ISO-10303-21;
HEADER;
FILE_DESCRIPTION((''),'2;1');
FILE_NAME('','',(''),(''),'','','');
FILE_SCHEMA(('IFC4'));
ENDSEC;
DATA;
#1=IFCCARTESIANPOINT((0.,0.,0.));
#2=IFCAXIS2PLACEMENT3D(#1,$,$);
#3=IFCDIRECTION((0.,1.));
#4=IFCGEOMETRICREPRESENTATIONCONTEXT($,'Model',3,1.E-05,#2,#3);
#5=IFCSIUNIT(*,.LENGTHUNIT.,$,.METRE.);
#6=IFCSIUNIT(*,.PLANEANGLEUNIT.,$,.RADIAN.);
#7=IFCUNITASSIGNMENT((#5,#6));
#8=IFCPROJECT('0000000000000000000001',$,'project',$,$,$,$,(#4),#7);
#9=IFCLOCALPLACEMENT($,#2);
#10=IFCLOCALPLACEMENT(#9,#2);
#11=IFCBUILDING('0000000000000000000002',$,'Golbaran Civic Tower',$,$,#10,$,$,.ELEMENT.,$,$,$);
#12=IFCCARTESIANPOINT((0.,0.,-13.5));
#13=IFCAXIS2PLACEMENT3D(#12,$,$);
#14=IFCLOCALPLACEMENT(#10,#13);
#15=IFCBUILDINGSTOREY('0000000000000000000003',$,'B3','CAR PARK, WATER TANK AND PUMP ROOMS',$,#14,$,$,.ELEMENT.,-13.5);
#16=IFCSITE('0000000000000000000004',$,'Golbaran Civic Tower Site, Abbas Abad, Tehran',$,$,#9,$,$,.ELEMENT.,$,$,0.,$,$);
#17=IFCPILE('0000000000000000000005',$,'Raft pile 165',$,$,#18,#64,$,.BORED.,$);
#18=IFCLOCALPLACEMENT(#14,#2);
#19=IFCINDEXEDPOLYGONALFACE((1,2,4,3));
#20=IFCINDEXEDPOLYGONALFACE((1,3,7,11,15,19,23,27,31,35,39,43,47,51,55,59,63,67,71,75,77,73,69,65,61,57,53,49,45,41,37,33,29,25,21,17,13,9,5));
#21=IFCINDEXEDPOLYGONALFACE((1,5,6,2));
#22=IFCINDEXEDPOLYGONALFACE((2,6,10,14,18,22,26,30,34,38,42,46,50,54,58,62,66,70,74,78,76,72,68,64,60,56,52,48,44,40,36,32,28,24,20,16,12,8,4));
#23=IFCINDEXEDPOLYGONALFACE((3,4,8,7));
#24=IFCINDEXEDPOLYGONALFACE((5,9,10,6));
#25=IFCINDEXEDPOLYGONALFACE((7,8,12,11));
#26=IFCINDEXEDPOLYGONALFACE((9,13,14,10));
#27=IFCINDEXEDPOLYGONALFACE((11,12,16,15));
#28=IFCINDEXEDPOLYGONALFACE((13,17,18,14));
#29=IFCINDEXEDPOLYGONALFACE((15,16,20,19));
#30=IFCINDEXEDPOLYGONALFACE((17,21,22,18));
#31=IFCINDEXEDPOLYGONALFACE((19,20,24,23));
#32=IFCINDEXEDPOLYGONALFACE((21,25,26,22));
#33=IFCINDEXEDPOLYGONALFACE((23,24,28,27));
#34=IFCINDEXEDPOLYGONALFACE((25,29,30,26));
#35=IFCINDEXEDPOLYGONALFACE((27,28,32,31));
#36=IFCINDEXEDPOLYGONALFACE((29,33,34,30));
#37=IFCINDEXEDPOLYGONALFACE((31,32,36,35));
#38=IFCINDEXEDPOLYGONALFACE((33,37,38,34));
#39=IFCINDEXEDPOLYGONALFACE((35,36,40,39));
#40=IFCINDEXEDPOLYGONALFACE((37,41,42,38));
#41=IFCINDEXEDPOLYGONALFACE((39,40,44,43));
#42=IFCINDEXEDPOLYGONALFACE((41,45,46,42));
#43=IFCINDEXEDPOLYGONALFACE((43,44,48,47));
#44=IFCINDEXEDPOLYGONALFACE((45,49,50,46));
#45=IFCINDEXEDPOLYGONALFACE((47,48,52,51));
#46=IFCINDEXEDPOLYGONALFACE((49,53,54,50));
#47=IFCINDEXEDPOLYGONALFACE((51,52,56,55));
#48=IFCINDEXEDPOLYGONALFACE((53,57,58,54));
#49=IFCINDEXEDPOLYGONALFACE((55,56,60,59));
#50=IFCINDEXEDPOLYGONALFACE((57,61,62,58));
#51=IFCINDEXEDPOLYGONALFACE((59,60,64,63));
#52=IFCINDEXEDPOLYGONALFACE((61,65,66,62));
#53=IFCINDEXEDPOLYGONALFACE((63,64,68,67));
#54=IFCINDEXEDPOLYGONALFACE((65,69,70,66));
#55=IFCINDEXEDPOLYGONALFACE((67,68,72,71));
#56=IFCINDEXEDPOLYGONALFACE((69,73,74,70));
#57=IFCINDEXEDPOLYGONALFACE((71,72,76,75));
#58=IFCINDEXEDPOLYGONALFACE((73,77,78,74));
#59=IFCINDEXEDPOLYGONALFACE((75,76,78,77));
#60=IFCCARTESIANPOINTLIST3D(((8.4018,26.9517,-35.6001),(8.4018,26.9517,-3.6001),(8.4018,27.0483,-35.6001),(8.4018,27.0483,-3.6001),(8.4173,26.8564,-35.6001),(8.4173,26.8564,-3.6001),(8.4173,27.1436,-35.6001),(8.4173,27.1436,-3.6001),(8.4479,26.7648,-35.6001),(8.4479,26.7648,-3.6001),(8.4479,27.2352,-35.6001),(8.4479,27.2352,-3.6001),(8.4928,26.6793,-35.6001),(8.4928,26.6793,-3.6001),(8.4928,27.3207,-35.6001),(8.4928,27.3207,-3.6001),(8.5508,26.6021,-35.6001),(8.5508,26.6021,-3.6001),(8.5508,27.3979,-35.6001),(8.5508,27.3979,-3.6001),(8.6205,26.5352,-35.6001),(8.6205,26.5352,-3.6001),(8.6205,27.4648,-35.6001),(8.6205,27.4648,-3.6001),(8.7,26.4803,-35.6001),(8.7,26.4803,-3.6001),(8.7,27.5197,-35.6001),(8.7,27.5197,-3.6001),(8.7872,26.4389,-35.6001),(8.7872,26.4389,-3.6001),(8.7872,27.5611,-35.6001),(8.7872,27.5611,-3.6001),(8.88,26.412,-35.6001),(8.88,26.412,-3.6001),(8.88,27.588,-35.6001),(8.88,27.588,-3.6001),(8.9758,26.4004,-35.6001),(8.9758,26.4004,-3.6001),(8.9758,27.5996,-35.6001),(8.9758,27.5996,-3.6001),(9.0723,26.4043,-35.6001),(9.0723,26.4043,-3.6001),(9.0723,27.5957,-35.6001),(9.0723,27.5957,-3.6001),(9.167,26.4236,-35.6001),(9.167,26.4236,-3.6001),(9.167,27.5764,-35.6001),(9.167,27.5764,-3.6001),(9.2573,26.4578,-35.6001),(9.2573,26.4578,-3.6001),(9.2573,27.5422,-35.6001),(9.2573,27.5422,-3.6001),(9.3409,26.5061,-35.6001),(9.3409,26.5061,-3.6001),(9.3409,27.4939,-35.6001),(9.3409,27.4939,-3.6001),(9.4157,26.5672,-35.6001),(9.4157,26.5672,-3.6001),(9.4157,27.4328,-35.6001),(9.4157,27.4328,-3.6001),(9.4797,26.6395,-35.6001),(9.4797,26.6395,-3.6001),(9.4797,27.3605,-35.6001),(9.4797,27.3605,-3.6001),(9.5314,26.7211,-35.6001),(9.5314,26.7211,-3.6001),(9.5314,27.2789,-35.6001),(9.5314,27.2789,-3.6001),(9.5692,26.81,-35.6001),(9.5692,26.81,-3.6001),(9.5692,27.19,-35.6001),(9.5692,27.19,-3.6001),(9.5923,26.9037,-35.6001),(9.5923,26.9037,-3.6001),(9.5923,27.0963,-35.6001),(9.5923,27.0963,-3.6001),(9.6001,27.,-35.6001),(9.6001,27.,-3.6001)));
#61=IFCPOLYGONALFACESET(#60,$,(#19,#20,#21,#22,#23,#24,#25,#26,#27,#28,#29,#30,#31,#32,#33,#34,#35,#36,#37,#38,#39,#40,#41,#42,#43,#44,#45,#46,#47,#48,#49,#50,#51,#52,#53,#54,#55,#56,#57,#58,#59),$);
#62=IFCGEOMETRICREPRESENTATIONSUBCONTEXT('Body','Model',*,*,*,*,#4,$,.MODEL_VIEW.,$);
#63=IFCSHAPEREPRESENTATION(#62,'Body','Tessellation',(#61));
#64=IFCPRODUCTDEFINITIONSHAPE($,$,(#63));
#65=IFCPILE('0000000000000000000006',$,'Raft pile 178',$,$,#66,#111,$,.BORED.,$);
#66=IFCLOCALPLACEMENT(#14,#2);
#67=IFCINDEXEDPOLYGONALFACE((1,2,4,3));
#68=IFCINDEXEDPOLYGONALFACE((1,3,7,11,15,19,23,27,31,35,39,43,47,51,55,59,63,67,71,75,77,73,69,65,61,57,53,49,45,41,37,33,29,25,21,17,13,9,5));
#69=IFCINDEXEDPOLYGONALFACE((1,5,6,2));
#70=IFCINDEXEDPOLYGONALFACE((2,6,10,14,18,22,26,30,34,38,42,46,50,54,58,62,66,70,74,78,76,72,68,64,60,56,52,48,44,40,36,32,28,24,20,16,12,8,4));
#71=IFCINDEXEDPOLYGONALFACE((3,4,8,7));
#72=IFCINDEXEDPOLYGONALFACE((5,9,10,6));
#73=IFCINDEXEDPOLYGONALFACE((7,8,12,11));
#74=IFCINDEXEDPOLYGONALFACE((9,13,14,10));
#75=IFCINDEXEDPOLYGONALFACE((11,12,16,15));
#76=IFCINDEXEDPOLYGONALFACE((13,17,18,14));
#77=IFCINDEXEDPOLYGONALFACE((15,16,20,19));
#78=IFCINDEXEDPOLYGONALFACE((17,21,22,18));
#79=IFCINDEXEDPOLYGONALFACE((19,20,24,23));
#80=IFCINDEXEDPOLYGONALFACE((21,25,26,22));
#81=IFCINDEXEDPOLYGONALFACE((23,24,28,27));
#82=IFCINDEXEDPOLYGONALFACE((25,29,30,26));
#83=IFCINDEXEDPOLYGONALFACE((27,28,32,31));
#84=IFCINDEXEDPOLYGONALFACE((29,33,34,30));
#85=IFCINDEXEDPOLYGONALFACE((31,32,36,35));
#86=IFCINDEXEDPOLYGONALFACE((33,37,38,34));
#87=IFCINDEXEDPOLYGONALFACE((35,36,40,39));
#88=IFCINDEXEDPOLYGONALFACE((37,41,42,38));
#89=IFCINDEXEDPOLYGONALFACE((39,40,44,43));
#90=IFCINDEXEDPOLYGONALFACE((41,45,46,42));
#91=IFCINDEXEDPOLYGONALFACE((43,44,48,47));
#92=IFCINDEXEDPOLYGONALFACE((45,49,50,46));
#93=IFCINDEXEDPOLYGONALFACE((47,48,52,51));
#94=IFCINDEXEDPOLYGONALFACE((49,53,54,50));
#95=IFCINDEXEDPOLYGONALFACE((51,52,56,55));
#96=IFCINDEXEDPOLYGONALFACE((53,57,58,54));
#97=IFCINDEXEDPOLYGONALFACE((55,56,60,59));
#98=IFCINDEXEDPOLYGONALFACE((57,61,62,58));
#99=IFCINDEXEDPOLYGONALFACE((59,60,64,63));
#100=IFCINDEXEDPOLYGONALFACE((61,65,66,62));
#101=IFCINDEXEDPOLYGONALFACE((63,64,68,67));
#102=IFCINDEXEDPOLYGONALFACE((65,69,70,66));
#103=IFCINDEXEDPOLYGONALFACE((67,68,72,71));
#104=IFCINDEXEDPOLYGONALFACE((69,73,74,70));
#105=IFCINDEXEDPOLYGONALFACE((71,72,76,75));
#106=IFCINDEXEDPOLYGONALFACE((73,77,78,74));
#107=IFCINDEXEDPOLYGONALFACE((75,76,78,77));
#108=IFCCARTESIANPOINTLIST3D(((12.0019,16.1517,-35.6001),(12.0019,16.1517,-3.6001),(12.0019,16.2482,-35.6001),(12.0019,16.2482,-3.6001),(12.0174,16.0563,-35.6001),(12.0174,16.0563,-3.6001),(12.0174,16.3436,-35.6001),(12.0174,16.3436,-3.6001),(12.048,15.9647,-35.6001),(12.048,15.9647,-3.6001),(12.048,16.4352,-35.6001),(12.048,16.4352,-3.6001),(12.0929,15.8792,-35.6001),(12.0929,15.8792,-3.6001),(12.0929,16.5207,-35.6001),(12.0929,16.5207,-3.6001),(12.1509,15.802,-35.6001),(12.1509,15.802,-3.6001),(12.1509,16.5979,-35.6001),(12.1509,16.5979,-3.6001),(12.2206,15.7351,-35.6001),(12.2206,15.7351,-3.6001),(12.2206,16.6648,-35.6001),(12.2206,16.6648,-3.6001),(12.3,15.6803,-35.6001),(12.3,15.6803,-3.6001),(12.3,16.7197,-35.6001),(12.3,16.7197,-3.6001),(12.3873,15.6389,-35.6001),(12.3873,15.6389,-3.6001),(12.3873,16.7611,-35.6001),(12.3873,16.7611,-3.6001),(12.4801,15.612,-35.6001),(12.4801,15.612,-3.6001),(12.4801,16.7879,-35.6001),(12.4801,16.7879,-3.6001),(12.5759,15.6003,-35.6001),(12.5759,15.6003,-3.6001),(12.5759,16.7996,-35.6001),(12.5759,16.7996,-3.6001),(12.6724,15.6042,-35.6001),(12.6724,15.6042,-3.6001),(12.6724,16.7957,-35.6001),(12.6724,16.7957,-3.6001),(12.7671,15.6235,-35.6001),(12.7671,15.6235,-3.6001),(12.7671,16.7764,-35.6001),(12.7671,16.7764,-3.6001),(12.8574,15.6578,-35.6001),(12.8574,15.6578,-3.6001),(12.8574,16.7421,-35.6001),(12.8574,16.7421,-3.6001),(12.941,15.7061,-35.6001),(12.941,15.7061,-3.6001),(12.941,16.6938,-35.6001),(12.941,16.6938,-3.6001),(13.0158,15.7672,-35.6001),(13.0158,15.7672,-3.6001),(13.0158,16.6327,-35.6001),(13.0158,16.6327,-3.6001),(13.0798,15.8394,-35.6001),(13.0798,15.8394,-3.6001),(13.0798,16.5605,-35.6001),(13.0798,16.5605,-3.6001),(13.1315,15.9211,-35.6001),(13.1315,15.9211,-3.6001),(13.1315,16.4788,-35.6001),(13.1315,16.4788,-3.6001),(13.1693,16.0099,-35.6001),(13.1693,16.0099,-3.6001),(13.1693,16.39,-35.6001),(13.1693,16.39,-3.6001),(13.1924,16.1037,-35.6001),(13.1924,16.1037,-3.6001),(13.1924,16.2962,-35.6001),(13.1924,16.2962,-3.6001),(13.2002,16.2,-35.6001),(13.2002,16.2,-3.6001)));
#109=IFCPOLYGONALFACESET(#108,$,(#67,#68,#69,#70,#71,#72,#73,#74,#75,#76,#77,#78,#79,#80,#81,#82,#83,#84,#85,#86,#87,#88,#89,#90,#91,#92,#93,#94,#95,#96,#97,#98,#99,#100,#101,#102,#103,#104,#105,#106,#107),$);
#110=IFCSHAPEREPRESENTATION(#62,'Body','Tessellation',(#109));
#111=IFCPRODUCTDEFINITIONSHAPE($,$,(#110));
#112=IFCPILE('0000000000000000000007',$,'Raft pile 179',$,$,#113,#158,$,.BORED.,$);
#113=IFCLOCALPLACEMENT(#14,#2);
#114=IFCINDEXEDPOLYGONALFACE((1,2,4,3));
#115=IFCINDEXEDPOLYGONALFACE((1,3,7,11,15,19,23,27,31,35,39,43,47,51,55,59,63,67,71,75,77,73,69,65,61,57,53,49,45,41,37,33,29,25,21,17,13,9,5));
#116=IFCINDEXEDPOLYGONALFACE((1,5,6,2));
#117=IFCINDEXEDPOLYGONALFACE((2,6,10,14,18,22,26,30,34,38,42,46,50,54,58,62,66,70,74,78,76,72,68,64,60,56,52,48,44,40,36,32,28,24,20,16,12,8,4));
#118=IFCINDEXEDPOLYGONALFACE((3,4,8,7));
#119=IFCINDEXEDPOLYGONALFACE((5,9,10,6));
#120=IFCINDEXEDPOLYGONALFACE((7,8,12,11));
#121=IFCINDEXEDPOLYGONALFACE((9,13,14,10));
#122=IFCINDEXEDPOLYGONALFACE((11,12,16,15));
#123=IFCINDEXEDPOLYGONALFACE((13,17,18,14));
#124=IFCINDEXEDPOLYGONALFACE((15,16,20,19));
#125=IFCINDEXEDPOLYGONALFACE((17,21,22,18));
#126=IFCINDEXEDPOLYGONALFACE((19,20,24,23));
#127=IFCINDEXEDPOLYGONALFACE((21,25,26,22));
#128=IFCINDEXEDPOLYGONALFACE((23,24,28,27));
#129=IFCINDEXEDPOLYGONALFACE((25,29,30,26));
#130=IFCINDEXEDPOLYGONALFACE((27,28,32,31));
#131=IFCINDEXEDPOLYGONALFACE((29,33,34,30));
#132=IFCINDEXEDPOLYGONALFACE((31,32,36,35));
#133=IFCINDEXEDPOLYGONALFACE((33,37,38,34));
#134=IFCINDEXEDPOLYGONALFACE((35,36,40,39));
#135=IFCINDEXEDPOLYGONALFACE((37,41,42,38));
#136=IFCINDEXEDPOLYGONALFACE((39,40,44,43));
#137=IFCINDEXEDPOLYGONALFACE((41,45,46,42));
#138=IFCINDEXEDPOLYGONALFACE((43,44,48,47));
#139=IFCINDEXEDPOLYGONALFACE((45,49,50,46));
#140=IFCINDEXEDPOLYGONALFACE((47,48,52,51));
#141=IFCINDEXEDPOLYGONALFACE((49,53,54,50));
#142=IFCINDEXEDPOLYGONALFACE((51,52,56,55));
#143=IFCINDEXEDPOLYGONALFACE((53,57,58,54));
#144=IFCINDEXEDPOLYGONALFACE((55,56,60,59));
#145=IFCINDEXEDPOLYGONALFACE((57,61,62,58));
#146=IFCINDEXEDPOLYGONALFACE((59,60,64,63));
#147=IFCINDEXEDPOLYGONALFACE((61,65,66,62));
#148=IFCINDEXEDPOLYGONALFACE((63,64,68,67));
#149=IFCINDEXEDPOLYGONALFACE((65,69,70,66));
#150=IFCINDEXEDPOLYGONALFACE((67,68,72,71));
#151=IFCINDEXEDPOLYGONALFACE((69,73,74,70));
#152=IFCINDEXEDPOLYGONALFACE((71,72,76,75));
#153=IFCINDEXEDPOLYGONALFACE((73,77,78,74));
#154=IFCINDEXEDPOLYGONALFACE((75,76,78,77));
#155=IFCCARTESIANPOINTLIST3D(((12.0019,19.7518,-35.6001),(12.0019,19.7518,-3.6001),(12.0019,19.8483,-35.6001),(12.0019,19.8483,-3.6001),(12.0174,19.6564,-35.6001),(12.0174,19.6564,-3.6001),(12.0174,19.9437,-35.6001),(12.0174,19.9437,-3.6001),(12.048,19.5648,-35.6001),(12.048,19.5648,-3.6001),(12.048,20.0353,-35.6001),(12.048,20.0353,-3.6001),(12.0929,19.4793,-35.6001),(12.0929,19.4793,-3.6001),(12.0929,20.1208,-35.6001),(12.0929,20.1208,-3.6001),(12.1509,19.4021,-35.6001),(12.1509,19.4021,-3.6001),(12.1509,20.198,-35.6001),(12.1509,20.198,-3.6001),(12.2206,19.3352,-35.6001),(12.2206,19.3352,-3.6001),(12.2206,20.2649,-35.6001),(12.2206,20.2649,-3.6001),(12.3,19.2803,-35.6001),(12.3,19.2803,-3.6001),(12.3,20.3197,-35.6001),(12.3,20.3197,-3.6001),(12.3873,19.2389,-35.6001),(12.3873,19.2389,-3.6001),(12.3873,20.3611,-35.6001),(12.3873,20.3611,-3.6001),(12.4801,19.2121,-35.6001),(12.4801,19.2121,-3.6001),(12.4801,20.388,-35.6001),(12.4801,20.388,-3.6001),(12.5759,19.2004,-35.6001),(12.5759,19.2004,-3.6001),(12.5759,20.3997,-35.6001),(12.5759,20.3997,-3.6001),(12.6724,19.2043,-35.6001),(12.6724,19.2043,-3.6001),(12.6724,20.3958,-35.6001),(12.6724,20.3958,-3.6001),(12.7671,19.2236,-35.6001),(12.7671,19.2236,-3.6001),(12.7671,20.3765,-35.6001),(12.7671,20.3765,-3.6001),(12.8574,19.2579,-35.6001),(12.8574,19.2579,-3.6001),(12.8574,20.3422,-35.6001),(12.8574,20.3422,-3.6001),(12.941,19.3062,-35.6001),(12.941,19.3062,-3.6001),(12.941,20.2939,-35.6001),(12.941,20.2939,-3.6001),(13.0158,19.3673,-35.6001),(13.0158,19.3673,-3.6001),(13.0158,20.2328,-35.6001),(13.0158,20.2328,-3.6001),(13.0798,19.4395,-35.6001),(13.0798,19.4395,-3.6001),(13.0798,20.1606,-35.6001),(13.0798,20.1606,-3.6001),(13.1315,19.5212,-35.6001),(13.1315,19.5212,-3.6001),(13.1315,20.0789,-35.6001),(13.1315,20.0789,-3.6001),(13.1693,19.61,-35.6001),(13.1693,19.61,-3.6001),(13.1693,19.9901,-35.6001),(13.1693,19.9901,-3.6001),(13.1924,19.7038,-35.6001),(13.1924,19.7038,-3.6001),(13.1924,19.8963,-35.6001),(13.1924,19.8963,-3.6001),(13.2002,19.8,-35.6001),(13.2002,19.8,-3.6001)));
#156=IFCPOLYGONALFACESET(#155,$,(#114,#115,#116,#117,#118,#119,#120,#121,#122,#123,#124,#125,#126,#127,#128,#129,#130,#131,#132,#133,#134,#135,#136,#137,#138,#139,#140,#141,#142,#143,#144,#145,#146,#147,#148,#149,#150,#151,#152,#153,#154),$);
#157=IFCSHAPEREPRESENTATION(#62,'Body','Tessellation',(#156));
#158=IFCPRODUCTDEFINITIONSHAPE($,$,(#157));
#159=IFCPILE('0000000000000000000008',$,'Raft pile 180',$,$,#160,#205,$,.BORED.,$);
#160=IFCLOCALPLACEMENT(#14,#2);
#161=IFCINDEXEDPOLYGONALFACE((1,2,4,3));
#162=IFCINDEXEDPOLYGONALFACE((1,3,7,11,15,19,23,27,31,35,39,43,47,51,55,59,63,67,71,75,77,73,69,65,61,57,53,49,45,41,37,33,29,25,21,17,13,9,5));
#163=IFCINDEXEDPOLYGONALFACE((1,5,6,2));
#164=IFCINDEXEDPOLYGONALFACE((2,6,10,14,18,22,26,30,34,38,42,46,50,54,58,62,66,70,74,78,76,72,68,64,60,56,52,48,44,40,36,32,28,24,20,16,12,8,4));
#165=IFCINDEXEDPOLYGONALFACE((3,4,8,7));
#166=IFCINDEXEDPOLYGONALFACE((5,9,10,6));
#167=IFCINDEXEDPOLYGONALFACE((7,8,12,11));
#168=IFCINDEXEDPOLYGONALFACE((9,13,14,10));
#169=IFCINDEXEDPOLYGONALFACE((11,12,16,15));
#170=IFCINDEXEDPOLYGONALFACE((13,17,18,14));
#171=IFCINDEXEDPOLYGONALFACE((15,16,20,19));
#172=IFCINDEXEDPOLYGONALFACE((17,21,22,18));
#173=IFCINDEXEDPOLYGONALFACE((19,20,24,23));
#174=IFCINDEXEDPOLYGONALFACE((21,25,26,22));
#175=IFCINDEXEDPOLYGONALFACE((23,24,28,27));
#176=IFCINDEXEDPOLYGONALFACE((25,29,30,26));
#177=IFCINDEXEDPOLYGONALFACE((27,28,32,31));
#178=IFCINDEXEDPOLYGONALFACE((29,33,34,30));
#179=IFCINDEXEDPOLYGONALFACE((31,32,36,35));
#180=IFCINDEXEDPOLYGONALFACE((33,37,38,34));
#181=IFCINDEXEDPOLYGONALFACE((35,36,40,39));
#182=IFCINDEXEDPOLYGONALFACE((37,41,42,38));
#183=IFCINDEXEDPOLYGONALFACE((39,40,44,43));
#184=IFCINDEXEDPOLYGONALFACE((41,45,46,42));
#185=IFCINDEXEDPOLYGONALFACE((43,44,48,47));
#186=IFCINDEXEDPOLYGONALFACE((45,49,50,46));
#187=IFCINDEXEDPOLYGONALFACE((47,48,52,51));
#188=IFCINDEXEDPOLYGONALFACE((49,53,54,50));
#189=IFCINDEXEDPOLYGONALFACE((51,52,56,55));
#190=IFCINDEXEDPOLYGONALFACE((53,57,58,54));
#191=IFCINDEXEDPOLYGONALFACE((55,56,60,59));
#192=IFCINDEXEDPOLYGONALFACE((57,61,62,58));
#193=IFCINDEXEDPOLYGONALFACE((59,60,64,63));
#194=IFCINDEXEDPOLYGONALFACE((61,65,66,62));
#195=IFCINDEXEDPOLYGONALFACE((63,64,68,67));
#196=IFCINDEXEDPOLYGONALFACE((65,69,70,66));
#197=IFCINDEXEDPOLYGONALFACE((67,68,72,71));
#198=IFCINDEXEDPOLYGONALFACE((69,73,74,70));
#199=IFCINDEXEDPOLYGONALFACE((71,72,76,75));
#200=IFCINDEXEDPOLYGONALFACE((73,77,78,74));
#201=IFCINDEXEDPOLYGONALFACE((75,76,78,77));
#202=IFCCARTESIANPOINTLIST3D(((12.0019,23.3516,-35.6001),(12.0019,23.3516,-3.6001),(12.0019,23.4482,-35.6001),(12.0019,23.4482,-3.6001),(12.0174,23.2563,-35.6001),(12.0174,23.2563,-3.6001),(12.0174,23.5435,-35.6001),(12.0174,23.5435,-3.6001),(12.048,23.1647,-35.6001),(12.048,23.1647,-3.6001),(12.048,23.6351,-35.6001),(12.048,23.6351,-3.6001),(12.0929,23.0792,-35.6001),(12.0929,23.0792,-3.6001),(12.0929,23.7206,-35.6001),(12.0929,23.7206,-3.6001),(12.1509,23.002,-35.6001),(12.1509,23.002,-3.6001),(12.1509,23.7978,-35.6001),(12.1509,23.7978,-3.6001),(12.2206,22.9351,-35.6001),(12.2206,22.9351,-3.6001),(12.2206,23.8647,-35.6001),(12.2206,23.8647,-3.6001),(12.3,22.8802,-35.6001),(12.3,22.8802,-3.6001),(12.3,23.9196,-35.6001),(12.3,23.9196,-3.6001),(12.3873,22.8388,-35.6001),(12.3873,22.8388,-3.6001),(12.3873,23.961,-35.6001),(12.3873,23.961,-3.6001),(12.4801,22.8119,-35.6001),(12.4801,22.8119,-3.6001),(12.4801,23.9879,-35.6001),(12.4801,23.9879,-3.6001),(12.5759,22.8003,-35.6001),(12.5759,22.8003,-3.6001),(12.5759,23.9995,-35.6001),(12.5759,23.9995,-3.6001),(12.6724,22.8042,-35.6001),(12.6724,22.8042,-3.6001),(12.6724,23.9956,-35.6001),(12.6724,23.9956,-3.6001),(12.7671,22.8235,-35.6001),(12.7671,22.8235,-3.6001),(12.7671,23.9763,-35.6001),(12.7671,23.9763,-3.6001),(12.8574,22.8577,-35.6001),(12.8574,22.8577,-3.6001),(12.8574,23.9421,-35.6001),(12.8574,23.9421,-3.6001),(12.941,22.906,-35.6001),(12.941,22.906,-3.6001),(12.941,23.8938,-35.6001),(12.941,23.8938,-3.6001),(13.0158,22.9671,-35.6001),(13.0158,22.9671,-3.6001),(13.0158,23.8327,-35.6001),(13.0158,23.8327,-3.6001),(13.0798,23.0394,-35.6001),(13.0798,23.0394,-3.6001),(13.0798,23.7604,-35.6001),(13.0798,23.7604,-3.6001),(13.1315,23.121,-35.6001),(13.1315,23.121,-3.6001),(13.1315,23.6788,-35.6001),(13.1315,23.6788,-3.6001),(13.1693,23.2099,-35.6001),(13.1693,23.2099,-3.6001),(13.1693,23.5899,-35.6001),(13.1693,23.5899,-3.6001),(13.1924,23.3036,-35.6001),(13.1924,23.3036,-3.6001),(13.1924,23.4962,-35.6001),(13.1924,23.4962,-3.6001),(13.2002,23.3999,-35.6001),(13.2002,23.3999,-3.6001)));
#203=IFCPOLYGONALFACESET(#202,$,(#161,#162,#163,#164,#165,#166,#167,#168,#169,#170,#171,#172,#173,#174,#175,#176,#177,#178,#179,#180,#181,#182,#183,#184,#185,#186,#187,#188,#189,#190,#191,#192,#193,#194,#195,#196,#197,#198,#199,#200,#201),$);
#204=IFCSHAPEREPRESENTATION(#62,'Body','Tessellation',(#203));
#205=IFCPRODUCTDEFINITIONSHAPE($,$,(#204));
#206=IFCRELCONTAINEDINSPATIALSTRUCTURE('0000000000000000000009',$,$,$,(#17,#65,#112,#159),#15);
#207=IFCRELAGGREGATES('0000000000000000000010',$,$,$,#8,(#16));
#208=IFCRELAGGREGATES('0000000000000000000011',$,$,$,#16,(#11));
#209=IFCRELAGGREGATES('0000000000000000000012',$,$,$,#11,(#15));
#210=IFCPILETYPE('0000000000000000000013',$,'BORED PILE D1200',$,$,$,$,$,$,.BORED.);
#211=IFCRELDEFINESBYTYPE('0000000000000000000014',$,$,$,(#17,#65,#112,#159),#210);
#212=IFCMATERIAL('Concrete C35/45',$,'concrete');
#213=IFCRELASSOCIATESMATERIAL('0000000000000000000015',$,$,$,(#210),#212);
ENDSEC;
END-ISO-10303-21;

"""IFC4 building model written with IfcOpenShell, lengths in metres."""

from ifc_helpers import new_model, si_unit, direction, frame, origin, origin_2d, place, context, subcontext, project, spatial, circle, extrude, material, material_profile, profile_set, type_object, element, save


model = new_model("IFC4")

# Units and contexts
model_context = context("Model", 3, precision=1e-05, world=origin(), true_north=direction((0.0, 1.0)))
body_context = subcontext(model_context, "Body", "Model", "MODEL_VIEW")
ifc_project = project(units=[si_unit("LENGTHUNIT", "METRE"), si_unit("PLANEANGLEUNIT", "RADIAN")], contexts=[model_context])

# Site, building, storey
site_placement = place(None, origin())
site = spatial("IfcSite", under=ifc_project, at=site_placement, Name="Golbaran Civic Tower Site, Abbas Abad, Tehran", CompositionType="ELEMENT", RefElevation=0.0)
building_placement = place(site_placement, origin())
building = spatial("IfcBuilding", under=site, at=building_placement, Name="Golbaran Civic Tower", CompositionType="ELEMENT")
storey_placement = place(building_placement, frame((0.0, 0.0, -13.5)))
storey = spatial("IfcBuildingStorey", under=building, at=storey_placement, Name="B3", Description="CAR PARK, WATER TANK AND PUMP ROOMS", CompositionType="ELEMENT", Elevation=-13.5)

# Piles
ifc_material_1 = material(Name="Concrete C35/45", Category="concrete")
ifc_material_profile_1 = material_profile(ifc_material_1, circle(Radius=0.6001, at=origin_2d()), Name="BORED PILE D1200")
ifc_profile_set_1 = profile_set([ifc_material_profile_1], Name="Concrete C35/45")
pile_type_1 = type_object("IfcPileType", Name="BORED PILE D1200", PredefinedType="BORED", material=ifc_profile_set_1)
for number, where, z_axis, x_axis, name in (
    (1, (9.0, 27.0, -3.6001), (0.0, 0.0, -1.0), (1.0, 0.0, 0.0), "Raft pile 165"),
    (2, (12.6001, 16.2, -3.6001), (0.0, 0.0, -1.0), (1.0, 0.0, 0.0), "Raft pile 178"),
    (3, (12.6001, 19.8, -3.6001), (0.0, 0.0, -1.0), (1.0, 0.0, 0.0), "Raft pile 179"),
    (4, (12.6001, 23.3999, -3.6001), (0.0, 0.0, -1.0), (1.0, 0.0, 0.0), "Raft pile 180"),
):
    element("IfcPile", number, at=place(storey_placement, frame(where, z_axis=z_axis, x_axis=x_axis)), inside=storey, type_object=pile_type_1, Name=name, PredefinedType="BORED", context=body_context, shape_type="SweptSolid", body=[
        extrude(circle(Radius=0.6001, at=origin_2d()), origin(), (0.0, 0.0, 1.0), 32.0),
    ])

save(model, "model.ifc")
